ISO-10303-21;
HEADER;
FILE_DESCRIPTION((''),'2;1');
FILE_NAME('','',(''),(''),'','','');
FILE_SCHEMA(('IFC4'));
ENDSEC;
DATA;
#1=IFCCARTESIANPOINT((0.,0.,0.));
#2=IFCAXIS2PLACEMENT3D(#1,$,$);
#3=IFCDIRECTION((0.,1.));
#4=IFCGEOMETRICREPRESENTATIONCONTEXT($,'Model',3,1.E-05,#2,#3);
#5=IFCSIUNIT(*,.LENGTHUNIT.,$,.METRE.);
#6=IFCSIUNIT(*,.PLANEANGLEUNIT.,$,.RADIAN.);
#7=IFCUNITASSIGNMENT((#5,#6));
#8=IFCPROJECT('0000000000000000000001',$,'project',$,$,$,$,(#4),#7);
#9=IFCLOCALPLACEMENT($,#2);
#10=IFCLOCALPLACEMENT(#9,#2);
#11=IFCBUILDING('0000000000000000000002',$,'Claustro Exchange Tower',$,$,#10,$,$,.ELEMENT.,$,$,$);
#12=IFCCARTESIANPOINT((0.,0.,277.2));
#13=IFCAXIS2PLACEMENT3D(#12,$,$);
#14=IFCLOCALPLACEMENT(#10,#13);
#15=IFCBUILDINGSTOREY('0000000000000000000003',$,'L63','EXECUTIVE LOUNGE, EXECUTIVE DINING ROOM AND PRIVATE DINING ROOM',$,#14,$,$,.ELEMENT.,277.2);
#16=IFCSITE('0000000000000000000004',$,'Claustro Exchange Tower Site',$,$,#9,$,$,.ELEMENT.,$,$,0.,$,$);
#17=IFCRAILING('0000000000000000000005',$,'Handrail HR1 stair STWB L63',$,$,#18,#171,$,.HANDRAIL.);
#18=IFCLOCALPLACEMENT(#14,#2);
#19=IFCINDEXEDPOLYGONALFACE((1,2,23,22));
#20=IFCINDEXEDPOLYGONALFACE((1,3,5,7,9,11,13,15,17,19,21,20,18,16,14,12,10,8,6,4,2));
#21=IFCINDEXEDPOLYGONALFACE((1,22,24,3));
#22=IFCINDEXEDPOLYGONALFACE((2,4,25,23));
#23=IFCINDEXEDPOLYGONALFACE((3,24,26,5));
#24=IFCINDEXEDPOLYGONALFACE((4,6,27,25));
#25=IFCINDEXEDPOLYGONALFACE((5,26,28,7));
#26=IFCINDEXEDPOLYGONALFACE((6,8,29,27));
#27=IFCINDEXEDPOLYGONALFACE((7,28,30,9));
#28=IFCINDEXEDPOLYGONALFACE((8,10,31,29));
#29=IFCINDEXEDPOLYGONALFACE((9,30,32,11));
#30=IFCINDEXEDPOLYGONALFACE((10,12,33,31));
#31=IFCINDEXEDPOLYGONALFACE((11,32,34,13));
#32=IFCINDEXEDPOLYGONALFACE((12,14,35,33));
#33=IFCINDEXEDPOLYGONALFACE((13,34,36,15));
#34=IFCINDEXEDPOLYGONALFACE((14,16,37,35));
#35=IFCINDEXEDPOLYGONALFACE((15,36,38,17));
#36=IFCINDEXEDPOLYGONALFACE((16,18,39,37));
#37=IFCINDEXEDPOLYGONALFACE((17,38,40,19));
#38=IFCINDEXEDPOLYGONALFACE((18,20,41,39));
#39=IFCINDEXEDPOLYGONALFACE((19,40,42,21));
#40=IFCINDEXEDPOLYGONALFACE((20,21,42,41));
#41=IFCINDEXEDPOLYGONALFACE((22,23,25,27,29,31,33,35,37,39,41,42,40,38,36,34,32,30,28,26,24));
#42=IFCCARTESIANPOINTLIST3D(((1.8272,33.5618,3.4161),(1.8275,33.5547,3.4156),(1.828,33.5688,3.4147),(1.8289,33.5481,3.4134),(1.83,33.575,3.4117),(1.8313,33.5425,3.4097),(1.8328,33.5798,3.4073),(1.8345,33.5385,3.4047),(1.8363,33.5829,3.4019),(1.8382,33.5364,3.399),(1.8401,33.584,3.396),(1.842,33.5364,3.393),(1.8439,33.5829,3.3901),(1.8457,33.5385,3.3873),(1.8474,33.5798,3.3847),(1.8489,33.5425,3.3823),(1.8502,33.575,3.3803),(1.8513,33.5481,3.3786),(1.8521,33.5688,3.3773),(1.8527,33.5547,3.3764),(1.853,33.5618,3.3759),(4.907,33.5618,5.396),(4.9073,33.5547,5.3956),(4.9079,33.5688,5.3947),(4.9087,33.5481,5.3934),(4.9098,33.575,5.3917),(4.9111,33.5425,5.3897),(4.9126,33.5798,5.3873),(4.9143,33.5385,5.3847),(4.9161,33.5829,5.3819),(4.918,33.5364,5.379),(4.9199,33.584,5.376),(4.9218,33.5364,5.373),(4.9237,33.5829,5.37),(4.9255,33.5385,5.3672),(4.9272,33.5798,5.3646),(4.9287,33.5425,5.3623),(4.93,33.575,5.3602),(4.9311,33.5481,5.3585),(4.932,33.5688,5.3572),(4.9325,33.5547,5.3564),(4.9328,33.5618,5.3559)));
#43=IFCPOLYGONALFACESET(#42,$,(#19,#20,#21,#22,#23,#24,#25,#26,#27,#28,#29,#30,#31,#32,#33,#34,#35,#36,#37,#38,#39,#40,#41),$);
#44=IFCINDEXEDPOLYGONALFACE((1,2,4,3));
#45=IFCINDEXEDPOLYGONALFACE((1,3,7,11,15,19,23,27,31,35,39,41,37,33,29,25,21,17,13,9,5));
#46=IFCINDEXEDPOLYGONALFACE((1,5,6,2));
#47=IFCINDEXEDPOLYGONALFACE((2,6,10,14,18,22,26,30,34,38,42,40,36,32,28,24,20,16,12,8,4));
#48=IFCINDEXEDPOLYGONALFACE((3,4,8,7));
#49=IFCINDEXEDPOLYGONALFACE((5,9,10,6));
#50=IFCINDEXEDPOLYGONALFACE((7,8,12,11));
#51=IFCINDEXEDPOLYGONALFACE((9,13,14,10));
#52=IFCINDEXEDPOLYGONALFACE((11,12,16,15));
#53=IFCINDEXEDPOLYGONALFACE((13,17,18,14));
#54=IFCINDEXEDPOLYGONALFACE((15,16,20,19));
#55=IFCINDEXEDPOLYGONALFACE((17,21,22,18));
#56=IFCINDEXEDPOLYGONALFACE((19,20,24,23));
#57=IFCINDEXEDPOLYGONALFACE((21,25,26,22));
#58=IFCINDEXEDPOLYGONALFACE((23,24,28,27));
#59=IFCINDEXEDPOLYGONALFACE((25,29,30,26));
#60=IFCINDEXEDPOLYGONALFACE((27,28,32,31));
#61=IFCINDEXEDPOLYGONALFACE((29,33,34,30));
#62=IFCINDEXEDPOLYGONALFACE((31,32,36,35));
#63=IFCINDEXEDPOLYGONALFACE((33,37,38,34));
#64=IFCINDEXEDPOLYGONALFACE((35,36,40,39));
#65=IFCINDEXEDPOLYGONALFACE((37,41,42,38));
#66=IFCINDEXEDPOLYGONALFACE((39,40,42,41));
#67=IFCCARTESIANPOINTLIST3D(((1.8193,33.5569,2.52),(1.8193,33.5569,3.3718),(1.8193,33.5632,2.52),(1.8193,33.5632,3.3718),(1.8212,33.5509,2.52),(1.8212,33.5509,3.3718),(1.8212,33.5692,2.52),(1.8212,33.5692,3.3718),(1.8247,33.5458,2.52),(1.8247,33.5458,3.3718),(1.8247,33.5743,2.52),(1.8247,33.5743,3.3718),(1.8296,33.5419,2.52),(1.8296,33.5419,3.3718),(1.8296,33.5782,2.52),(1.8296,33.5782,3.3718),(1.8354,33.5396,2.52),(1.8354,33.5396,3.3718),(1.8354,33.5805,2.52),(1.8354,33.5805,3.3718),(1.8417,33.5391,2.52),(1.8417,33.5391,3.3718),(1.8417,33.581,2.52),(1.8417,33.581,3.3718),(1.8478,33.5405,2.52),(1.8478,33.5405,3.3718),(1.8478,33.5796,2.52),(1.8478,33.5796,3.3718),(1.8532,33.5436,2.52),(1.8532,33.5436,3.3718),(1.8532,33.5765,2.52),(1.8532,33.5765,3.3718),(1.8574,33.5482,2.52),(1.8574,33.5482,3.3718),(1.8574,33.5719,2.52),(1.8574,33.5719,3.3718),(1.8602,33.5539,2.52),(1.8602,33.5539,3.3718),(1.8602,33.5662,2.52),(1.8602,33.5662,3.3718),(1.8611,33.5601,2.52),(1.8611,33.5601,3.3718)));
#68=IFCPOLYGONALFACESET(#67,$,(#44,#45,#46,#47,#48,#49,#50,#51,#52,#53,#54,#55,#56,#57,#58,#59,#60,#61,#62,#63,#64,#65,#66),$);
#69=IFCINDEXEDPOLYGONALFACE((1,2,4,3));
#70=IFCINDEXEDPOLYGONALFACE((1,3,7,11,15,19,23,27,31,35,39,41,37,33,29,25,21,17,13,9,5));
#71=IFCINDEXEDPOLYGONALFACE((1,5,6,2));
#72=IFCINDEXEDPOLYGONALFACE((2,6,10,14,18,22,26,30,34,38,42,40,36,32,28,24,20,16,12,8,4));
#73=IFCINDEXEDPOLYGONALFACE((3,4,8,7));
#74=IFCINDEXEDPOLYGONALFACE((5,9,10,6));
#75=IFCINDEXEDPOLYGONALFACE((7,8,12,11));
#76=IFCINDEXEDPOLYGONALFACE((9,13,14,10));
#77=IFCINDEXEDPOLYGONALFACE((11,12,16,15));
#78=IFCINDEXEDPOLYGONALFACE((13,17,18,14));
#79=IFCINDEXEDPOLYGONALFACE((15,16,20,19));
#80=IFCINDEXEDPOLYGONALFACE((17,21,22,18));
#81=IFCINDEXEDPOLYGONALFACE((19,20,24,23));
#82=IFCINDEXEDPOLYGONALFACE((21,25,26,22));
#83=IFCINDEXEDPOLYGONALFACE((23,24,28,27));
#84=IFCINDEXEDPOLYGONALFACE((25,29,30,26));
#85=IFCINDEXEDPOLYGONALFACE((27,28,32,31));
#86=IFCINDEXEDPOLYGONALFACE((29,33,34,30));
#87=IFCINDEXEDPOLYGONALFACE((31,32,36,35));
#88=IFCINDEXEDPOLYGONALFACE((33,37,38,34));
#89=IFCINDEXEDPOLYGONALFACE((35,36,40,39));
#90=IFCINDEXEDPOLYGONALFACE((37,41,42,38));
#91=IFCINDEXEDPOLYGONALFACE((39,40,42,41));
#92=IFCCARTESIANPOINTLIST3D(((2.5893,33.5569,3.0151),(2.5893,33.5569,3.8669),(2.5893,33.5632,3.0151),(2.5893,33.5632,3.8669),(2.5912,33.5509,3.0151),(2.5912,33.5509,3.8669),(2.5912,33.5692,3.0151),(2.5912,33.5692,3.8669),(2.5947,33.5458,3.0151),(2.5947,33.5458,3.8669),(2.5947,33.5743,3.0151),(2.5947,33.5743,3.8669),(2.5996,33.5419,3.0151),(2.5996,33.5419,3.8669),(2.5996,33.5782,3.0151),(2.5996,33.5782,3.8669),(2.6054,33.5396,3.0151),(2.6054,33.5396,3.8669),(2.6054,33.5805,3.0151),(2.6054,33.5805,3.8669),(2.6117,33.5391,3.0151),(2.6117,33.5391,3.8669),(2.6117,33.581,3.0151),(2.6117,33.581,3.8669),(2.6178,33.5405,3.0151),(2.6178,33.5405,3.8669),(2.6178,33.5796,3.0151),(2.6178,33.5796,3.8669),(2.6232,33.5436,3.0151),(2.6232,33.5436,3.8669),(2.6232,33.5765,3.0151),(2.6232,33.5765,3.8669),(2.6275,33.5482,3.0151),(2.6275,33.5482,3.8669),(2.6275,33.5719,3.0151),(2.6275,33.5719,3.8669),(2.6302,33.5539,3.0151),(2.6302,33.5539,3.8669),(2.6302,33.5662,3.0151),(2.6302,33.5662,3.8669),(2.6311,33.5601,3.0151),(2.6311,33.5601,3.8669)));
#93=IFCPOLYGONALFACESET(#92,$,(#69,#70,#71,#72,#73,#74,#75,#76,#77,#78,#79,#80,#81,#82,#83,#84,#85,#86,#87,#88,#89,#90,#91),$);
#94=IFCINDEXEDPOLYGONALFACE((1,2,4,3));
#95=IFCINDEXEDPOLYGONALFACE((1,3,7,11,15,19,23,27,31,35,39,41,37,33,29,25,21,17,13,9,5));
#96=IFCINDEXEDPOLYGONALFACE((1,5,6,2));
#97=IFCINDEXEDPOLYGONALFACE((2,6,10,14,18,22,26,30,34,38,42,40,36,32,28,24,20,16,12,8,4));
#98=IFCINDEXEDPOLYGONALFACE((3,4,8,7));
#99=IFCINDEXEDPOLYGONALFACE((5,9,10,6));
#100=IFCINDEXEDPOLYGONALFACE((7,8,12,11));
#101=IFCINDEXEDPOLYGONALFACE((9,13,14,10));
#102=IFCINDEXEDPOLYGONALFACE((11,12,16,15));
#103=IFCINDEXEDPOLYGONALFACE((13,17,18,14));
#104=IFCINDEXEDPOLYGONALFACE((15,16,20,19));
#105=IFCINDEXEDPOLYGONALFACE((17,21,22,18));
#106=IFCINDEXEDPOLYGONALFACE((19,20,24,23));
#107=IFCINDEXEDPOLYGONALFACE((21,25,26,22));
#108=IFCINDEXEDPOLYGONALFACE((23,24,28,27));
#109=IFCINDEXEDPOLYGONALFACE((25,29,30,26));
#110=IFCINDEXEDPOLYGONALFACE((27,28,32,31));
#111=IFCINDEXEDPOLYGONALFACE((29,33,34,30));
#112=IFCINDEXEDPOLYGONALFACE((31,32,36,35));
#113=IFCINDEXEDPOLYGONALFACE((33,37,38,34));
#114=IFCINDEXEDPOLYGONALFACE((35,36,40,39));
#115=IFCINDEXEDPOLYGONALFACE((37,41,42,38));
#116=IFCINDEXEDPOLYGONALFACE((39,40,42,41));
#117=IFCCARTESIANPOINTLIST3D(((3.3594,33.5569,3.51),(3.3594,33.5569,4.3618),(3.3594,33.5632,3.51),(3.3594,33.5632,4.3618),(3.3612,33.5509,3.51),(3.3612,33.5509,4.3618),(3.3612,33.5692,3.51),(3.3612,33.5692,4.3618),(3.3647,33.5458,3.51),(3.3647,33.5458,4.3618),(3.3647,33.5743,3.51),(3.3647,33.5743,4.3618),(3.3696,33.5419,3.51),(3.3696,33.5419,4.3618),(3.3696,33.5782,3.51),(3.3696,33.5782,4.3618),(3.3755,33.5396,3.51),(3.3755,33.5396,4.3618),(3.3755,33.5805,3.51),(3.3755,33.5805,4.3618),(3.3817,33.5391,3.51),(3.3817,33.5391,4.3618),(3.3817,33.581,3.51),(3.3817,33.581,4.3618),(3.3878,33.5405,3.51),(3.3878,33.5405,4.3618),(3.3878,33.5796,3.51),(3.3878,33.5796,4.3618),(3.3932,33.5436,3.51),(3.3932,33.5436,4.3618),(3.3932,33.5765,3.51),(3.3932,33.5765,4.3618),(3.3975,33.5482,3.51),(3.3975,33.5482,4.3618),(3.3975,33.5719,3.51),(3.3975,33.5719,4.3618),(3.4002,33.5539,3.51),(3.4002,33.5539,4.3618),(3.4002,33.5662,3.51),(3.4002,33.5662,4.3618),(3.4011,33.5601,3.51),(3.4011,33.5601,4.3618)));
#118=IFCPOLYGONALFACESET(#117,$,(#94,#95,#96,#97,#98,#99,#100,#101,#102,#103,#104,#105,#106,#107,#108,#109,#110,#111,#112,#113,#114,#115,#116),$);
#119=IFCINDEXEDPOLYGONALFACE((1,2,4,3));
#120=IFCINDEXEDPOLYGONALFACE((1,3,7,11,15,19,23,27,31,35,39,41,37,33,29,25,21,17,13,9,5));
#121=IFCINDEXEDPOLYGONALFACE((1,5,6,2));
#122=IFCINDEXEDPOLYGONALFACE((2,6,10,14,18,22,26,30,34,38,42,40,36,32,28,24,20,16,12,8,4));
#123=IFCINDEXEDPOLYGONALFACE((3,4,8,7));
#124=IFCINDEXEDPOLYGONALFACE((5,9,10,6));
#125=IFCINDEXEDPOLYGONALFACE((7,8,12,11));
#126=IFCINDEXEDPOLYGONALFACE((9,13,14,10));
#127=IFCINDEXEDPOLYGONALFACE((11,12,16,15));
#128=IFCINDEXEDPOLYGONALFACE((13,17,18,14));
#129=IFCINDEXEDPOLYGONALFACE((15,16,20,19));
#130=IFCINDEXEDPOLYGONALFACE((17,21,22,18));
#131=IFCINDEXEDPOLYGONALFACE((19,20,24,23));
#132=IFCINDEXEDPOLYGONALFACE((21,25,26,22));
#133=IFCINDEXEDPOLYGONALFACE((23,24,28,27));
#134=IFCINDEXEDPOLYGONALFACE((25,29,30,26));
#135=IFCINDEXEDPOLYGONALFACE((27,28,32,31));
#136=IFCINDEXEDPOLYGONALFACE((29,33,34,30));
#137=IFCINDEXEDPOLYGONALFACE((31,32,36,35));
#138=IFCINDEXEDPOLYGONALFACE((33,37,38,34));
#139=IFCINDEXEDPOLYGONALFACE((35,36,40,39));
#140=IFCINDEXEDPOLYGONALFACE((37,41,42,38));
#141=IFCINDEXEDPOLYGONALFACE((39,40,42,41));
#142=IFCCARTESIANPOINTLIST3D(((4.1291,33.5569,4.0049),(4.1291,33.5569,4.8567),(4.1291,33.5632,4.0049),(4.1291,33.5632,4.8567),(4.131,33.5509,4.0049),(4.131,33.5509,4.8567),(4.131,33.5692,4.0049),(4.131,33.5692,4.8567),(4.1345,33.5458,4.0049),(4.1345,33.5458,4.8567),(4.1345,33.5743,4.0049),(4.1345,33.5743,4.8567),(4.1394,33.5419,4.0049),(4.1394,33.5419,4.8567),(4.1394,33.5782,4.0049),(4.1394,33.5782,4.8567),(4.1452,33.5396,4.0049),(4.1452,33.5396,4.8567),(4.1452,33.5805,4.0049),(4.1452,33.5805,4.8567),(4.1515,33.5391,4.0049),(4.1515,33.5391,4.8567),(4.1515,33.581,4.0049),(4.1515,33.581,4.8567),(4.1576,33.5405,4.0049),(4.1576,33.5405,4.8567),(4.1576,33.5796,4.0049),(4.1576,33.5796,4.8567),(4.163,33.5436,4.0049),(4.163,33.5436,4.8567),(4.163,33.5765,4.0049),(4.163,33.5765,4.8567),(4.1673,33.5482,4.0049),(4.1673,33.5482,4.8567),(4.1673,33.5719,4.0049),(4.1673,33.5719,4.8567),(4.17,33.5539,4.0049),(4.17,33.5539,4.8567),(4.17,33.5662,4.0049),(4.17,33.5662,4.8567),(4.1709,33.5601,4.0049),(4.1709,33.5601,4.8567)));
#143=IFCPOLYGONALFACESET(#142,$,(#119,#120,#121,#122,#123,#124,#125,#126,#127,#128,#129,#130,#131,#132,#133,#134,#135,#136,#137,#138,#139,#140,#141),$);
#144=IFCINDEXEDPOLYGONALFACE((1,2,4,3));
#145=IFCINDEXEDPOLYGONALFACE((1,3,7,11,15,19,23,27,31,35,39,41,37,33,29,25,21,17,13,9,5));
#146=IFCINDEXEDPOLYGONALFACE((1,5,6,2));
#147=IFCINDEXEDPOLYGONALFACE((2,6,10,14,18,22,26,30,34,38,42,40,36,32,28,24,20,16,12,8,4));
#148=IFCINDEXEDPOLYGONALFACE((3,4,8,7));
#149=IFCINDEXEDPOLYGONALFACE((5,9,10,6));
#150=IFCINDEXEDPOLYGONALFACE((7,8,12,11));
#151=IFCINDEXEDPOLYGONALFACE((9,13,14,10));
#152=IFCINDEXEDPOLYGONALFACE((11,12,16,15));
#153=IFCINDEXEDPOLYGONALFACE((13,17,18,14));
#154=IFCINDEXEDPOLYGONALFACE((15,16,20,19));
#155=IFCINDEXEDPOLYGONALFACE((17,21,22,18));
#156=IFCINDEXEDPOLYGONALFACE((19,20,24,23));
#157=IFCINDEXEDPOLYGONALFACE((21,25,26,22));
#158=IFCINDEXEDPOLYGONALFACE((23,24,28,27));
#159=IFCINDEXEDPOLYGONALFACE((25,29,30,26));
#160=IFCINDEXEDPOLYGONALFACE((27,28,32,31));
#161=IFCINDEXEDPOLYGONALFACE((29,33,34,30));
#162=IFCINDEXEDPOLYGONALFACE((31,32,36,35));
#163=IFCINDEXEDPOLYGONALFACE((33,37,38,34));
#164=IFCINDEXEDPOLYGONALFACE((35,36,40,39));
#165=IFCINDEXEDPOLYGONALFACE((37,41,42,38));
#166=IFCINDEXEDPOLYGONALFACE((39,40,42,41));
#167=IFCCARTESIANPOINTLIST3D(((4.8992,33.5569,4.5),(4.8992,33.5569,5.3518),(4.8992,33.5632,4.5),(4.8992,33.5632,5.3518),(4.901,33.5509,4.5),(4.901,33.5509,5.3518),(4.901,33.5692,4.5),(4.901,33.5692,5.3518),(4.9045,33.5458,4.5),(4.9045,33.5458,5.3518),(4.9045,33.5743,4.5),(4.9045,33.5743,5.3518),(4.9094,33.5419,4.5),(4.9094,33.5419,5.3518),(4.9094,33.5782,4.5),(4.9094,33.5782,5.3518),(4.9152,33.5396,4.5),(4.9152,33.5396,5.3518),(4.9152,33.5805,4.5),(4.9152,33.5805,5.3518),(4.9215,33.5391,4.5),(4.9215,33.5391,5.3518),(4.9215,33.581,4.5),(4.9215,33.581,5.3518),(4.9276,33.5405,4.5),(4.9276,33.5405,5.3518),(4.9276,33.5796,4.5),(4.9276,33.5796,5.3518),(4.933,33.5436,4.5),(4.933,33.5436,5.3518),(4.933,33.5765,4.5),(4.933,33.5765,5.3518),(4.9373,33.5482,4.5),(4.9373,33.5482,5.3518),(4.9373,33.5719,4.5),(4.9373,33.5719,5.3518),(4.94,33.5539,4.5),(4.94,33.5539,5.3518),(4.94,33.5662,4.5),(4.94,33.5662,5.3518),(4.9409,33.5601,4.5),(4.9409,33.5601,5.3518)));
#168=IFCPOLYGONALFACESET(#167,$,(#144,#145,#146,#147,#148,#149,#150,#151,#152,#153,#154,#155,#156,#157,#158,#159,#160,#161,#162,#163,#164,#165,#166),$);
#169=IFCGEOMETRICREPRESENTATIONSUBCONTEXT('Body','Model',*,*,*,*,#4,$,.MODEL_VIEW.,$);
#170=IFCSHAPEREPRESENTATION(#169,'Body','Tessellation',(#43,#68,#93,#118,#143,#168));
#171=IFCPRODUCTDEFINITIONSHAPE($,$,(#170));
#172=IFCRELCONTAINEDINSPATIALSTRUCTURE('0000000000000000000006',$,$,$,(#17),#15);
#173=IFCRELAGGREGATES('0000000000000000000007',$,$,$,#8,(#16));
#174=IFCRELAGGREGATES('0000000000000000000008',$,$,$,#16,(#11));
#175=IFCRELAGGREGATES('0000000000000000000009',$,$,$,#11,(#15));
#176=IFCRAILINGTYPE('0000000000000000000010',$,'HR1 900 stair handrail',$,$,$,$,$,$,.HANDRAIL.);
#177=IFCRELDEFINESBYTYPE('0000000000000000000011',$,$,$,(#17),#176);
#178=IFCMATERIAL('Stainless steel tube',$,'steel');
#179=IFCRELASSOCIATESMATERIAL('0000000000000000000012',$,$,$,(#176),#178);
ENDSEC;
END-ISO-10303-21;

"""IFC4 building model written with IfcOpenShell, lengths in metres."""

from ifc_helpers import new_model, si_unit, direction, frame, origin, origin_2d, place, context, subcontext, project, spatial, circle, extrude, material, type_object, element, save


model = new_model("IFC4")

# Units and contexts
model_context = context("Model", 3, precision=1e-05, world=origin(), true_north=direction((0.0, 1.0)))
body_context = subcontext(model_context, "Body", "Model", "MODEL_VIEW")
ifc_project = project(units=[si_unit("LENGTHUNIT", "METRE"), si_unit("PLANEANGLEUNIT", "RADIAN")], contexts=[model_context])

# Site, building, storey
site_placement = place(None, origin())
site = spatial("IfcSite", under=ifc_project, at=site_placement, Name="Claustro Exchange Tower Site", CompositionType="ELEMENT", RefElevation=0.0)
building_placement = place(site_placement, origin())
building = spatial("IfcBuilding", under=site, at=building_placement, Name="Claustro Exchange Tower", CompositionType="ELEMENT")
storey_placement = place(building_placement, frame((0.0, 0.0, 277.2)))
storey = spatial("IfcBuildingStorey", under=building, at=storey_placement, Name="L63", Description="EXECUTIVE LOUNGE, EXECUTIVE DINING ROOM AND PRIVATE DINING ROOM", CompositionType="ELEMENT", Elevation=277.2)

# Railing
ifc_material_1 = material(Name="Stainless steel tube", Category="steel")
railing_type_1 = type_object("IfcRailingType", Name="HR1 900 stair handrail", PredefinedType="HANDRAIL", material=ifc_material_1)
railing_1_placement = place(storey_placement, frame((1.8401, 33.5601, 2.52)))
element("IfcRailing", 1, at=railing_1_placement, inside=storey, type_object=railing_type_1, Name="Handrail HR1 stair STWB L63", PredefinedType="HANDRAIL", context=body_context, shape_type="SweptSolid", body=[
    extrude(circle(Radius=0.0239, at=origin_2d()), frame((0.0, 0.0, 0.876), z_axis=(0.841168, 0.0, 0.540774), x_axis=(0.0, 1.0, 0.0)), (0.0, 0.0, 1.0), 3.6614),
    extrude(circle(Radius=0.021, at=origin_2d()), origin(), (0.0, 0.0, 1.0), 0.8518),
    extrude(circle(Radius=0.021, at=origin_2d()), frame((0.77, 0.0, 0.4951)), (0.0, 0.0, 1.0), 0.8518),
    extrude(circle(Radius=0.021, at=origin_2d()), frame((1.54, 0.0, 0.99)), (0.0, 0.0, 1.0), 0.8518),
    extrude(circle(Radius=0.021, at=origin_2d()), frame((2.3098, 0.0, 1.4849)), (0.0, 0.0, 1.0), 0.8518),
    extrude(circle(Radius=0.021, at=origin_2d()), frame((3.0798, 0.0, 1.98)), (0.0, 0.0, 1.0), 0.8518),
])

save(model, "model.ifc")
